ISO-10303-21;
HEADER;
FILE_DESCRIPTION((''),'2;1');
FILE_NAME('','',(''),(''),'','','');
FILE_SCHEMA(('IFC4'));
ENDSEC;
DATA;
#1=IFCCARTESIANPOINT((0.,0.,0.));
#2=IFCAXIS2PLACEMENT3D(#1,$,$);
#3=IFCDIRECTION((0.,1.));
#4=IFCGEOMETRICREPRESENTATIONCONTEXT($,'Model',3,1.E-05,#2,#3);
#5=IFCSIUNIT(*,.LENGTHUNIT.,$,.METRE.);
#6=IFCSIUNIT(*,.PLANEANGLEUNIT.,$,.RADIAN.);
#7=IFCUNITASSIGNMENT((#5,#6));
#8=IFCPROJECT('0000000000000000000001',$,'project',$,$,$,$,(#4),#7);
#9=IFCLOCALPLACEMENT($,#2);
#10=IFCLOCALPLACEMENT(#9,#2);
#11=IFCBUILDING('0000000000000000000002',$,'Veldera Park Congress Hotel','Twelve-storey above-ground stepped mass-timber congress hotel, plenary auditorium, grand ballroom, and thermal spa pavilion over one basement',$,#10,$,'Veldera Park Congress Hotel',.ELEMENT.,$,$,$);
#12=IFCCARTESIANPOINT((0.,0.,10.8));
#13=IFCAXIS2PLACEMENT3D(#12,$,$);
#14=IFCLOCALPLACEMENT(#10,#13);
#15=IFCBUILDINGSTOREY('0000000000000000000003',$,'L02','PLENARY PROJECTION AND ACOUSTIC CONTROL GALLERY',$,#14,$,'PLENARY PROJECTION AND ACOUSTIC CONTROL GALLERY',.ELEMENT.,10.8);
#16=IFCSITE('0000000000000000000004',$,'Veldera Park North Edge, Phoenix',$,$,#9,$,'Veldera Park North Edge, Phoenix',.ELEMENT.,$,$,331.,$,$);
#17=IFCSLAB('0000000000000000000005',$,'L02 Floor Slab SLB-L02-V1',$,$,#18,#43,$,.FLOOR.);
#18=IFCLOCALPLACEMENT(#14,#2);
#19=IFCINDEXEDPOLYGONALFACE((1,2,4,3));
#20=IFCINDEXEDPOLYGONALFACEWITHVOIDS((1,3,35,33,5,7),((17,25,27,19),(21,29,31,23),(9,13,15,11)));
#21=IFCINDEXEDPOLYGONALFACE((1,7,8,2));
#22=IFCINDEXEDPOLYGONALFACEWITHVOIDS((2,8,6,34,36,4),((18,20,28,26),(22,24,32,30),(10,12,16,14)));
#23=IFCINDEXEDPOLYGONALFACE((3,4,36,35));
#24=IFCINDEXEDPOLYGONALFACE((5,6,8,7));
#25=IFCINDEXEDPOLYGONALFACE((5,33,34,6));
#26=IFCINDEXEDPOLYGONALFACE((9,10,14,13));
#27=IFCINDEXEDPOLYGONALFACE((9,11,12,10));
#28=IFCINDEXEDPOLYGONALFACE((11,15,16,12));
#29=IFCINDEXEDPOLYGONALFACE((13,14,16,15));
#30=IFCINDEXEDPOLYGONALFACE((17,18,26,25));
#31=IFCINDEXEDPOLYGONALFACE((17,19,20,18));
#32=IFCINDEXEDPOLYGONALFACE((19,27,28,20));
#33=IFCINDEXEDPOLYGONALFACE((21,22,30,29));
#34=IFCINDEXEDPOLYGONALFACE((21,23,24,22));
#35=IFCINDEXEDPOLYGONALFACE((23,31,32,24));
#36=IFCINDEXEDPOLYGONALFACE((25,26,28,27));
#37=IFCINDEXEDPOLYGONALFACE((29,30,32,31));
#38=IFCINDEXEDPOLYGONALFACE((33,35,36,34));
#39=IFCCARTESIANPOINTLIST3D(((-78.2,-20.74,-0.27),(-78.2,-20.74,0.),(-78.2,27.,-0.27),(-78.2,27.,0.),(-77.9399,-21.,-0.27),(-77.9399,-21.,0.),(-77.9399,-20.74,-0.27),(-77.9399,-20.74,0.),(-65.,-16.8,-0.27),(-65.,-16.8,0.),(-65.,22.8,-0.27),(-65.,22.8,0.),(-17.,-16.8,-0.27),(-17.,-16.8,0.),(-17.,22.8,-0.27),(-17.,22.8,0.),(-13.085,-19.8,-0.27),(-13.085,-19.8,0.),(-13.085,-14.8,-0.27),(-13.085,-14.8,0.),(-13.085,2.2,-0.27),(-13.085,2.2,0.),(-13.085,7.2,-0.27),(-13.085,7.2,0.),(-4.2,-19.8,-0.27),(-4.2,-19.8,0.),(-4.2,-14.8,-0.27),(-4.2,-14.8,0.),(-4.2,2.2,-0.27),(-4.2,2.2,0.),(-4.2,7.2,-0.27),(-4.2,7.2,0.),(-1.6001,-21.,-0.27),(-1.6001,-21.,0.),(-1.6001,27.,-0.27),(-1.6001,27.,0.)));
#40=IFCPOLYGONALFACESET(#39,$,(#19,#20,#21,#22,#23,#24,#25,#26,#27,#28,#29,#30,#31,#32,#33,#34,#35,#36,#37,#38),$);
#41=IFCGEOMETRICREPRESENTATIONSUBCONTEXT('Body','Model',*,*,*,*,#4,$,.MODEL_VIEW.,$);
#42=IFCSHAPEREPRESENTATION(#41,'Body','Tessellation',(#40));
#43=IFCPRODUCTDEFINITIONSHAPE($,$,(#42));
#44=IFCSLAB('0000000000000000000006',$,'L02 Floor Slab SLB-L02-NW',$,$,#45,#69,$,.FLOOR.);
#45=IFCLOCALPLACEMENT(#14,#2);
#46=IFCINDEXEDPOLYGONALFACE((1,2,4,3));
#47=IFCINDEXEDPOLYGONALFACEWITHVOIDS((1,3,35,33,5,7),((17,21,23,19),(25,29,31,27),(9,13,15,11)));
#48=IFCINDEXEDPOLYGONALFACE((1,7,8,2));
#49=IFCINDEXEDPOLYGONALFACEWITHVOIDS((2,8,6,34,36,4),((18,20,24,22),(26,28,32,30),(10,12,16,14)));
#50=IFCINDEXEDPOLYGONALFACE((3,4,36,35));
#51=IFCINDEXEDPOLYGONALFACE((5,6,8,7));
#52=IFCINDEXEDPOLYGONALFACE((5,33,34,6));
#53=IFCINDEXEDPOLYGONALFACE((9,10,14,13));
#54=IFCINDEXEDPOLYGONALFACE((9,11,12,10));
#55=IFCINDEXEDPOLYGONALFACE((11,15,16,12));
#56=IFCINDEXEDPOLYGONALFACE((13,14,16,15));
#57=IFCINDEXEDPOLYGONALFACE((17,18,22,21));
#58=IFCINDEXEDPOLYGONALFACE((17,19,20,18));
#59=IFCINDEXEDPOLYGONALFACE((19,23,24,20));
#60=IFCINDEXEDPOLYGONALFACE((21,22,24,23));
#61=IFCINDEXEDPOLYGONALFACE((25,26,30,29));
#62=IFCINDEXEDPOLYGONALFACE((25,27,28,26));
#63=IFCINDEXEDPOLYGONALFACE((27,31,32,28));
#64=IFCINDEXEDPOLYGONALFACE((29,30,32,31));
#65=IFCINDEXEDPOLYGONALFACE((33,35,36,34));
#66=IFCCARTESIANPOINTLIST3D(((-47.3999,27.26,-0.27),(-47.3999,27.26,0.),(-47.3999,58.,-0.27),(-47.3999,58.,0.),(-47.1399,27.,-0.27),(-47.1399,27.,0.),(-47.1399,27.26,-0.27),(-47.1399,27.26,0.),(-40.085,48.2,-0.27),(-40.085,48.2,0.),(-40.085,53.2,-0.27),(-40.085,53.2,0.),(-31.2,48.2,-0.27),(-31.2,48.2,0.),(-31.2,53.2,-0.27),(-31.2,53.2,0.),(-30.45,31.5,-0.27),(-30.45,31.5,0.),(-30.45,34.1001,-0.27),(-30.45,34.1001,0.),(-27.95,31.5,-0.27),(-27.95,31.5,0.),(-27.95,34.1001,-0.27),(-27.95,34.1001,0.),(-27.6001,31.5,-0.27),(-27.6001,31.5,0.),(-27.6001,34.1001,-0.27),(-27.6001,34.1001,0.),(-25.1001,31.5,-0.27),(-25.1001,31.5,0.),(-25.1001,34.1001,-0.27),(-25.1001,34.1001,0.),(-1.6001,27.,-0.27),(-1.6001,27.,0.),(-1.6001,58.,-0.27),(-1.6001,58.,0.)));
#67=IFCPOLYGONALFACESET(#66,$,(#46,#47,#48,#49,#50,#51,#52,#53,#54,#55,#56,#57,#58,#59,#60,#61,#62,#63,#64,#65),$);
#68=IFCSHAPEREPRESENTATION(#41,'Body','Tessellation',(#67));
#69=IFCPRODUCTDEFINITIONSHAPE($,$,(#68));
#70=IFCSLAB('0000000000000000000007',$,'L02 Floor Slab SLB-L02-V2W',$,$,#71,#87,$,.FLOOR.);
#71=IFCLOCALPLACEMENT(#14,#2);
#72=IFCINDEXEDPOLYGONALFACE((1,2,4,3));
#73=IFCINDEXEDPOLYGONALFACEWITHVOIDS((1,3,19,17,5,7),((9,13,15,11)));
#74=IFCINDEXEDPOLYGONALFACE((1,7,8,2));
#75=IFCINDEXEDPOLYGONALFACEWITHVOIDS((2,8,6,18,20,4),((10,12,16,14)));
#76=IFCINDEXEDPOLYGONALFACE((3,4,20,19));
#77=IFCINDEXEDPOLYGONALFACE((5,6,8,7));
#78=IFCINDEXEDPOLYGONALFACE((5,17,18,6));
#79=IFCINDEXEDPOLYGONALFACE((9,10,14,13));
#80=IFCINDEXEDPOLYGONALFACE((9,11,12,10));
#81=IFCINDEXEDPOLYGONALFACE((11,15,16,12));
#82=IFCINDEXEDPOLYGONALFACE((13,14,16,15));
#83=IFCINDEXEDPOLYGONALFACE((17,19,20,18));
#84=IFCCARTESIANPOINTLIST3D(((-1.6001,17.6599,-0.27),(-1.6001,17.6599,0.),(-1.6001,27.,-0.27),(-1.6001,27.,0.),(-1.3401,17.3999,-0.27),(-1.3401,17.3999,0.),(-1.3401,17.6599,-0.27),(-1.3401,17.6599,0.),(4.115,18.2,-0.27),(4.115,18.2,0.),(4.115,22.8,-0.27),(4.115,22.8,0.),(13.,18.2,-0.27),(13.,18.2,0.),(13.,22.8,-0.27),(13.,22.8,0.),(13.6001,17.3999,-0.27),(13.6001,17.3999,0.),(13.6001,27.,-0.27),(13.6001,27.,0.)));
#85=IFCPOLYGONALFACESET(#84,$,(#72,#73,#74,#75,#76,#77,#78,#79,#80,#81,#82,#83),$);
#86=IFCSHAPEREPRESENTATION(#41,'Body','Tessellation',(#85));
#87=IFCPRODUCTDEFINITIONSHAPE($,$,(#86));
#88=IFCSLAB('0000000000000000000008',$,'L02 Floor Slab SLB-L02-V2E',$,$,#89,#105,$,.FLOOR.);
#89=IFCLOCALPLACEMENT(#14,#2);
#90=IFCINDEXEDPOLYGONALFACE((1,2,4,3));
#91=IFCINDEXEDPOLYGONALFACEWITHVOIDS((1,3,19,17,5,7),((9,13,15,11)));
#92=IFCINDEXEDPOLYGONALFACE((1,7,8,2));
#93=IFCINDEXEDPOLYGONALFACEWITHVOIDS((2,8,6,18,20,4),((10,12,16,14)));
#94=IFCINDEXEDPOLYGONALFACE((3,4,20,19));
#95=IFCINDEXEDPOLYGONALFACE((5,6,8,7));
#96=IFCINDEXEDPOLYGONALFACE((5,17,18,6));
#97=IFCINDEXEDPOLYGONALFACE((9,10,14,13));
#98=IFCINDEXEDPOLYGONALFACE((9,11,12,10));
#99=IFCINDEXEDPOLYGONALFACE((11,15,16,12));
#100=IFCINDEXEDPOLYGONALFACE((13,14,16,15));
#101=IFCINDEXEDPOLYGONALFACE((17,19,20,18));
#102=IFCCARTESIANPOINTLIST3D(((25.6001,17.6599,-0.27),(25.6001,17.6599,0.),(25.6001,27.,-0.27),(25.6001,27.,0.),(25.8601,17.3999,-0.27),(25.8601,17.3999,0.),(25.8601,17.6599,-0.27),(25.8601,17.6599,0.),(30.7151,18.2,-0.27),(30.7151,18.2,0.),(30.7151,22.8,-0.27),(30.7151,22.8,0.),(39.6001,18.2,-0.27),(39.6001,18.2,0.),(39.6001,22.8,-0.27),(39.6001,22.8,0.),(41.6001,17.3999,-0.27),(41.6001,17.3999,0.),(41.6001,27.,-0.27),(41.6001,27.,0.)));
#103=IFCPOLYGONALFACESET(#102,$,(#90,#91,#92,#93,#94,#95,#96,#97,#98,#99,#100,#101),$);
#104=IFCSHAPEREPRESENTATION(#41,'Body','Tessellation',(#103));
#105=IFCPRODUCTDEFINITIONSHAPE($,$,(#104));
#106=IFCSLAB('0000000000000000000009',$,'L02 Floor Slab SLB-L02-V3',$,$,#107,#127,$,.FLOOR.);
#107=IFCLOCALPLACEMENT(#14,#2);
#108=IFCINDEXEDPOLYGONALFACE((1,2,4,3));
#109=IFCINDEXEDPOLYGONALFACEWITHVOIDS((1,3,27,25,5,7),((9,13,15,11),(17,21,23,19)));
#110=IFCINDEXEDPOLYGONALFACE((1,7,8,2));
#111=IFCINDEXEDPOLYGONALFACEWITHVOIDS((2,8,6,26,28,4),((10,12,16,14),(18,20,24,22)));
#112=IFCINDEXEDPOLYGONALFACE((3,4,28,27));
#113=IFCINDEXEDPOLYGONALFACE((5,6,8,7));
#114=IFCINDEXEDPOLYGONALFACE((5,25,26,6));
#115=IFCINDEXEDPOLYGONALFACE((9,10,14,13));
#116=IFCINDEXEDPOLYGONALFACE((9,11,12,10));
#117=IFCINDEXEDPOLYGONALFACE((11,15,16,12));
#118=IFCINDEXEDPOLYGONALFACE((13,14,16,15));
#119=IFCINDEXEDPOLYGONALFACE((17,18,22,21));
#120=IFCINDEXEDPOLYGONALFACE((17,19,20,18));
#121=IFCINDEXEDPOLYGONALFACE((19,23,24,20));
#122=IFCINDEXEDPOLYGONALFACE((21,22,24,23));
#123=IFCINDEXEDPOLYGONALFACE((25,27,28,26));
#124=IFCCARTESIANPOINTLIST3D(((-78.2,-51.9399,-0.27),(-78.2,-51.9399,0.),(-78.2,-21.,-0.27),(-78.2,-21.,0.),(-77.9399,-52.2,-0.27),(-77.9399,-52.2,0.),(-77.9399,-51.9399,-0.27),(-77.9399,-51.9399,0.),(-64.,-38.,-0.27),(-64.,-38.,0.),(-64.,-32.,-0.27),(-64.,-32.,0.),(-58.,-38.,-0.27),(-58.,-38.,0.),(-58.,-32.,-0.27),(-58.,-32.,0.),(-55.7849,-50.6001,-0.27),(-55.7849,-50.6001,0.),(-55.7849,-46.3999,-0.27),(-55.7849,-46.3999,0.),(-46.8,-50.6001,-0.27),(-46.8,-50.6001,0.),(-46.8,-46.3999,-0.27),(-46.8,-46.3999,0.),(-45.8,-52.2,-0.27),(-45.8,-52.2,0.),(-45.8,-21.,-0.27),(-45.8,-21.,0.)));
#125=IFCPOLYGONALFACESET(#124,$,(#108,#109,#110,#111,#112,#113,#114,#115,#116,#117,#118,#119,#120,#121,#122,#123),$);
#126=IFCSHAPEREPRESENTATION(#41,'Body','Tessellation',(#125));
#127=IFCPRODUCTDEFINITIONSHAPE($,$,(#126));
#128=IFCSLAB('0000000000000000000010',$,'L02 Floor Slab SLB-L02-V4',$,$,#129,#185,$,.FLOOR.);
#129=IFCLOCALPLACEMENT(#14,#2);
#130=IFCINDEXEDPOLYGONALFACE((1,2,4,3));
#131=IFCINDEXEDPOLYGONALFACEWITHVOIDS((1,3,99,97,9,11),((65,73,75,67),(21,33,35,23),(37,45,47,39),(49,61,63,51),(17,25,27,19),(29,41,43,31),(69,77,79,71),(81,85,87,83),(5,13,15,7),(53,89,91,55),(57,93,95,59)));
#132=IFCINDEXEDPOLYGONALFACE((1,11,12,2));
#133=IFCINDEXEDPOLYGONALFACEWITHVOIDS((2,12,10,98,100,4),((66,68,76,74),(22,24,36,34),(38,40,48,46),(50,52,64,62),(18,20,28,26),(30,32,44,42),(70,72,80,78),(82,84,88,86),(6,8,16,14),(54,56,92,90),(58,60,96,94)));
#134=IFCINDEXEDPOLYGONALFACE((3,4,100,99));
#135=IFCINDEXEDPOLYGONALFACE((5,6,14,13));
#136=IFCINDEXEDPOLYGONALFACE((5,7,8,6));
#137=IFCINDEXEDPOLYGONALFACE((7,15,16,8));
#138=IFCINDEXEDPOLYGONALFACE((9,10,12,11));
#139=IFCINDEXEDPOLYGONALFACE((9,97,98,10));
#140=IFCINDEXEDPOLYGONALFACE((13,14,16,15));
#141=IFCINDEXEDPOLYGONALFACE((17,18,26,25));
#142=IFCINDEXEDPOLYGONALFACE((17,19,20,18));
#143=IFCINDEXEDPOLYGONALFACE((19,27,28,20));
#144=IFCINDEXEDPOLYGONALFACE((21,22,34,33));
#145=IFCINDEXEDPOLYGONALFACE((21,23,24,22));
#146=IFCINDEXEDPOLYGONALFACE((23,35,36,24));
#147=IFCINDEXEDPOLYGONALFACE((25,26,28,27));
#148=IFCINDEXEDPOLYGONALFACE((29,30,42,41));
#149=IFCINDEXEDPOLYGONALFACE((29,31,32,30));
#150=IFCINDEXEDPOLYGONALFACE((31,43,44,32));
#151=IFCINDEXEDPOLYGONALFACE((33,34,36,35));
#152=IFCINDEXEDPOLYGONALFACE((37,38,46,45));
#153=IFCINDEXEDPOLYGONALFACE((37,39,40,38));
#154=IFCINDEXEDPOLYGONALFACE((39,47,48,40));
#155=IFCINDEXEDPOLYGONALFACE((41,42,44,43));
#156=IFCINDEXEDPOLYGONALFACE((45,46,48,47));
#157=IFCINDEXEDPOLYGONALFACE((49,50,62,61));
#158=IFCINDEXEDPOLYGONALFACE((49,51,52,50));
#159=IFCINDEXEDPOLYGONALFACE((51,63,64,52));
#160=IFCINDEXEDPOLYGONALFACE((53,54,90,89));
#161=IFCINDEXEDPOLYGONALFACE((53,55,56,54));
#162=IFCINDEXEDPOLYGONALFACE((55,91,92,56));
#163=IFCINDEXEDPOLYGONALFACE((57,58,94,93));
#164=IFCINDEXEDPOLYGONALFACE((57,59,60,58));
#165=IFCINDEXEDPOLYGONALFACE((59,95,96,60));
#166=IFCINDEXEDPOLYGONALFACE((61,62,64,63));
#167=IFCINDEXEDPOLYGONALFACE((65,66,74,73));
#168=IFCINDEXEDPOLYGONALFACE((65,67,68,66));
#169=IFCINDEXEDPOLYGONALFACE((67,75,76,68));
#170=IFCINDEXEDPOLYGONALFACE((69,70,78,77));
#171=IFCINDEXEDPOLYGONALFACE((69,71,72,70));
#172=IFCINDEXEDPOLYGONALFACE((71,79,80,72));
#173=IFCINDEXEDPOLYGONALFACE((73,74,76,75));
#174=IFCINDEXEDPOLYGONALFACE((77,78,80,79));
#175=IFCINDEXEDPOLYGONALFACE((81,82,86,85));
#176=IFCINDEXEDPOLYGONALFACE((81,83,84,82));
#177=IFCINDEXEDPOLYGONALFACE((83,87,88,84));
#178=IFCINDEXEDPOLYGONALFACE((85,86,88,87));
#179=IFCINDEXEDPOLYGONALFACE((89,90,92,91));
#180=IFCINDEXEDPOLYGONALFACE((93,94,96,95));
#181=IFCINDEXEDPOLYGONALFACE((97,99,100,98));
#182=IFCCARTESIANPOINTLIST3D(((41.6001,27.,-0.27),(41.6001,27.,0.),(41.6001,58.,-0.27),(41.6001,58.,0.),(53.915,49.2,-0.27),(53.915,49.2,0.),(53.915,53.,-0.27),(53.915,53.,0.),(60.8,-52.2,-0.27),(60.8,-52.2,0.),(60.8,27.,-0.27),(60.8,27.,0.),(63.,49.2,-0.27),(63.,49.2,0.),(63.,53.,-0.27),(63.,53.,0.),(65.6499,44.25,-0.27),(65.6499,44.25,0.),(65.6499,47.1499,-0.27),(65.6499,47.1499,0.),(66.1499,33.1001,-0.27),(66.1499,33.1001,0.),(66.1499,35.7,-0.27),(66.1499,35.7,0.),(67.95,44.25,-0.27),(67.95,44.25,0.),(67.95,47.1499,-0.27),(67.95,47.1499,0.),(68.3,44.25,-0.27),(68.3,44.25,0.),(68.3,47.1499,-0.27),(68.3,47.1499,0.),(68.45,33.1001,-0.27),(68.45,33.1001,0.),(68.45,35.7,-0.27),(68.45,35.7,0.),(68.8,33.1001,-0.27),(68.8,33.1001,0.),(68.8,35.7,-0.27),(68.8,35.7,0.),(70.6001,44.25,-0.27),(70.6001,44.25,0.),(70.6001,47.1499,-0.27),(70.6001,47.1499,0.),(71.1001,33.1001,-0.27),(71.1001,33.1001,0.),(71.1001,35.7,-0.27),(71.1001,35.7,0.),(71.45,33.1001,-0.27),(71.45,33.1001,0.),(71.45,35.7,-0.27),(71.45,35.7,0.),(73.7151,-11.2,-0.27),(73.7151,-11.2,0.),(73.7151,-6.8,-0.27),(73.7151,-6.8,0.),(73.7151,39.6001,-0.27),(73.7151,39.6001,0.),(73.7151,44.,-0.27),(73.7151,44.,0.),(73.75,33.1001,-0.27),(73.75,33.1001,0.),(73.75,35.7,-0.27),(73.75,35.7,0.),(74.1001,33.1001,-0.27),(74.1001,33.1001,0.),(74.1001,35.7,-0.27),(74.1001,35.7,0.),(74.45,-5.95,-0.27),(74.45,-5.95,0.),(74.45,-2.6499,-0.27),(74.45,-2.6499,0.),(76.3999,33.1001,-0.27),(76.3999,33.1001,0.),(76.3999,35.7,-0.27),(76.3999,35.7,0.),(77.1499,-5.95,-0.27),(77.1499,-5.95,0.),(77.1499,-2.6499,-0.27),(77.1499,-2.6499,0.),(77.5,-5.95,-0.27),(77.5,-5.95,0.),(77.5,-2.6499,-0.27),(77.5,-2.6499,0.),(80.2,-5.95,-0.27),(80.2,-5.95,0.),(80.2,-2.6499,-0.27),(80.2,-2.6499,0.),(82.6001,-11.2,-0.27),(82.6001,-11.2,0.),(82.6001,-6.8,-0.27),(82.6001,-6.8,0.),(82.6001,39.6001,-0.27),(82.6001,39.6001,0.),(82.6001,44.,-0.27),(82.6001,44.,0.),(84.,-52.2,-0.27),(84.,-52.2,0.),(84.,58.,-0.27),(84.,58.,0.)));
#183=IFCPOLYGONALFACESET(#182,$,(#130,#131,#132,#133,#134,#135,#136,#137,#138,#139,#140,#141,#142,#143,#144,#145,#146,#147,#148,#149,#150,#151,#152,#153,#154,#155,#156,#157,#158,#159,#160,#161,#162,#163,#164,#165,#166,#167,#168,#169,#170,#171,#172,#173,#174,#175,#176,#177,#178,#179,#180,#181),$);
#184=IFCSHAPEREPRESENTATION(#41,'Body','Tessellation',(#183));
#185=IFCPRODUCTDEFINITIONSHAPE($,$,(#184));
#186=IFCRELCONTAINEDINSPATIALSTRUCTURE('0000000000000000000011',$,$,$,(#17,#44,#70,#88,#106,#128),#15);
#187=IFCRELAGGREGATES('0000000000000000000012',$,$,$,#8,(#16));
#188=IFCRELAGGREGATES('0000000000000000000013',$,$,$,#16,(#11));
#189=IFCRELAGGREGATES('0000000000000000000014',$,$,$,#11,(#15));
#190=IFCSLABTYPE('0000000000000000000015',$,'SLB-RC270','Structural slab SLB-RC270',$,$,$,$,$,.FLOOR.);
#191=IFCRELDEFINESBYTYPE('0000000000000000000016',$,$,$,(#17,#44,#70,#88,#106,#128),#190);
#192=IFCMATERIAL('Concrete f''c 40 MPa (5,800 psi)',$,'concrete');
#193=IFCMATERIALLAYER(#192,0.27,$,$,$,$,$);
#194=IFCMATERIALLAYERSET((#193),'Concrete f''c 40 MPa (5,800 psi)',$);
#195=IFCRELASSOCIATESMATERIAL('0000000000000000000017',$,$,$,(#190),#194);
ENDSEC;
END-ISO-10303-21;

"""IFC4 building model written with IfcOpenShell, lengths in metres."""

from ifc_helpers import new_model, si_unit, direction, frame, origin, place, context, subcontext, project, spatial, polyline, outline, extrude, material, layer, layer_set, type_object, element, save


model = new_model("IFC4")

# Units and contexts
model_context = context("Model", 3, precision=1e-05, world=origin(), true_north=direction((0.0, 1.0)))
body_context = subcontext(model_context, "Body", "Model", "MODEL_VIEW")
ifc_project = project(units=[si_unit("LENGTHUNIT", "METRE"), si_unit("PLANEANGLEUNIT", "RADIAN")], contexts=[model_context])

# Site, building, storey
site_placement = place(None, origin())
site = spatial("IfcSite", under=ifc_project, at=site_placement, Name="Veldera Park North Edge, Phoenix", LongName="Veldera Park North Edge, Phoenix", CompositionType="ELEMENT", RefElevation=331.0)
building_placement = place(site_placement, origin())
building = spatial("IfcBuilding", under=site, at=building_placement, Name="Veldera Park Congress Hotel", Description="Twelve-storey above-ground stepped mass-timber congress hotel, plenary auditorium, grand ballroom, and thermal spa pavilion over one basement", LongName="Veldera Park Congress Hotel", CompositionType="ELEMENT")
storey_placement = place(building_placement, frame((0.0, 0.0, 10.8)))
storey = spatial("IfcBuildingStorey", under=building, at=storey_placement, Name="L02", Description="PLENARY PROJECTION AND ACOUSTIC CONTROL GALLERY", LongName="PLENARY PROJECTION AND ACOUSTIC CONTROL GALLERY", CompositionType="ELEMENT", Elevation=10.8)

# Slabs
ifc_material_1 = material(Name="Concrete f'c 40 MPa (5,800 psi)", Category="concrete")
ifc_layer_1 = layer(ifc_material_1, 0.27)
ifc_layer_set_1 = layer_set([ifc_layer_1], Name="Concrete f'c 40 MPa (5,800 psi)")
slab_type_1 = type_object("IfcSlabType", Name="SLB-RC270", Description="Structural slab SLB-RC270", PredefinedType="FLOOR", material=ifc_layer_set_1)
slab_1_placement = place(storey_placement, frame((0.0, 0.0, -0.27)))
element("IfcSlab", 1, at=slab_1_placement, inside=storey, type_object=slab_type_1, Name="L02 Floor Slab SLB-L02-V1", PredefinedType="FLOOR", context=body_context, shape_type="SweptSolid", body=[
    extrude(outline(polyline([(-78.2, -20.74), (-77.9399, -20.74), (-77.9399, -21.0), (-1.6001, -21.0), (-1.6001, 27.0), (-78.2, 27.0), (-78.2, -20.74)]), holes=[polyline([(-13.085, -19.8), (-4.2, -19.8), (-4.2, -14.8), (-13.085, -14.8), (-13.085, -19.8)]), polyline([(-13.085, 2.2), (-4.2, 2.2), (-4.2, 7.2), (-13.085, 7.2), (-13.085, 2.2)]), polyline([(-65.0, -16.8), (-17.0, -16.8), (-17.0, 22.8), (-65.0, 22.8), (-65.0, -16.8)])]), origin(), (0.0, 0.0, 1.0), 0.27),
])
slab_2_placement = place(storey_placement, frame((0.0, 0.0, -0.27)))
element("IfcSlab", 2, at=slab_2_placement, inside=storey, type_object=slab_type_1, Name="L02 Floor Slab SLB-L02-NW", PredefinedType="FLOOR", context=body_context, shape_type="SweptSolid", body=[
    extrude(outline(polyline([(-47.3999, 27.26), (-47.1399, 27.26), (-47.1399, 27.0), (-1.6001, 27.0), (-1.6001, 58.0), (-47.3999, 58.0), (-47.3999, 27.26)]), holes=[polyline([(-40.085, 48.2), (-31.2, 48.2), (-31.2, 53.2), (-40.085, 53.2), (-40.085, 48.2)]), polyline([(-30.45, 31.5), (-27.95, 31.5), (-27.95, 34.1001), (-30.45, 34.1001), (-30.45, 31.5)]), polyline([(-27.6001, 31.5), (-25.1001, 31.5), (-25.1001, 34.1001), (-27.6001, 34.1001), (-27.6001, 31.5)])]), origin(), (0.0, 0.0, 1.0), 0.27),
])
slab_3_placement = place(storey_placement, frame((0.0, 0.0, -0.27)))
element("IfcSlab", 3, at=slab_3_placement, inside=storey, type_object=slab_type_1, Name="L02 Floor Slab SLB-L02-V2W", PredefinedType="FLOOR", context=body_context, shape_type="SweptSolid", body=[
    extrude(outline(polyline([(-1.6001, 17.6599), (-1.3401, 17.6599), (-1.3401, 17.3999), (13.6001, 17.3999), (13.6001, 27.0), (-1.6001, 27.0), (-1.6001, 17.6599)]), holes=[polyline([(4.115, 18.2), (13.0, 18.2), (13.0, 22.8), (4.115, 22.8), (4.115, 18.2)])]), origin(), (0.0, 0.0, 1.0), 0.27),
])
slab_4_placement = place(storey_placement, frame((0.0, 0.0, -0.27)))
element("IfcSlab", 4, at=slab_4_placement, inside=storey, type_object=slab_type_1, Name="L02 Floor Slab SLB-L02-V2E", PredefinedType="FLOOR", context=body_context, shape_type="SweptSolid", body=[
    extrude(outline(polyline([(25.6001, 17.6599), (25.8601, 17.6599), (25.8601, 17.3999), (41.6001, 17.3999), (41.6001, 27.0), (25.6001, 27.0), (25.6001, 17.6599)]), holes=[polyline([(30.7151, 18.2), (39.6001, 18.2), (39.6001, 22.8), (30.7151, 22.8), (30.7151, 18.2)])]), origin(), (0.0, 0.0, 1.0), 0.27),
])
slab_5_placement = place(storey_placement, frame((0.0, 0.0, -0.27)))
element("IfcSlab", 5, at=slab_5_placement, inside=storey, type_object=slab_type_1, Name="L02 Floor Slab SLB-L02-V3", PredefinedType="FLOOR", context=body_context, shape_type="SweptSolid", body=[
    extrude(outline(polyline([(-78.2, -51.9399), (-77.9399, -51.9399), (-77.9399, -52.2), (-45.8, -52.2), (-45.8, -21.0), (-78.2, -21.0), (-78.2, -51.9399)]), holes=[polyline([(-55.7849, -50.6001), (-46.8, -50.6001), (-46.8, -46.3999), (-55.7849, -46.3999), (-55.7849, -50.6001)]), polyline([(-64.0, -38.0), (-58.0, -38.0), (-58.0, -32.0), (-64.0, -32.0), (-64.0, -38.0)])]), origin(), (0.0, 0.0, 1.0), 0.27),
])
slab_6_placement = place(storey_placement, frame((0.0, 0.0, -0.27)))
element("IfcSlab", 6, at=slab_6_placement, inside=storey, type_object=slab_type_1, Name="L02 Floor Slab SLB-L02-V4", PredefinedType="FLOOR", context=body_context, shape_type="SweptSolid", body=[
    extrude(outline(polyline([(60.8, -52.2), (84.0, -52.2), (84.0, 58.0), (41.6001, 58.0), (41.6001, 27.0), (60.8, 27.0), (60.8, -52.2)]), holes=[polyline([(73.7151, 39.6001), (82.6001, 39.6001), (82.6001, 44.0), (73.7151, 44.0), (73.7151, 39.6001)]), polyline([(73.7151, -11.2), (82.6001, -11.2), (82.6001, -6.8), (73.7151, -6.8), (73.7151, -11.2)]), polyline([(53.915, 49.2), (63.0, 49.2), (63.0, 53.0), (53.915, 53.0), (53.915, 49.2)]), polyline([(65.6499, 44.25), (67.95, 44.25), (67.95, 47.1499), (65.6499, 47.1499), (65.6499, 44.25)]), polyline([(68.3, 44.25), (70.6001, 44.25), (70.6001, 47.1499), (68.3, 47.1499), (68.3, 44.25)]), polyline([(66.1499, 33.1001), (68.45, 33.1001), (68.45, 35.7), (66.1499, 35.7), (66.1499, 33.1001)]), polyline([(68.8, 33.1001), (71.1001, 33.1001), (71.1001, 35.7), (68.8, 35.7), (68.8, 33.1001)]), polyline([(71.45, 33.1001), (73.75, 33.1001), (73.75, 35.7), (71.45, 35.7), (71.45, 33.1001)]), polyline([(74.1001, 33.1001), (76.3999, 33.1001), (76.3999, 35.7), (74.1001, 35.7), (74.1001, 33.1001)]), polyline([(74.45, -5.95), (77.1499, -5.95), (77.1499, -2.6499), (74.45, -2.6499), (74.45, -5.95)]), polyline([(77.5, -5.95), (80.2, -5.95), (80.2, -2.6499), (77.5, -2.6499), (77.5, -5.95)])]), origin(), (0.0, 0.0, 1.0), 0.27),
])

save(model, "model.ifc")
